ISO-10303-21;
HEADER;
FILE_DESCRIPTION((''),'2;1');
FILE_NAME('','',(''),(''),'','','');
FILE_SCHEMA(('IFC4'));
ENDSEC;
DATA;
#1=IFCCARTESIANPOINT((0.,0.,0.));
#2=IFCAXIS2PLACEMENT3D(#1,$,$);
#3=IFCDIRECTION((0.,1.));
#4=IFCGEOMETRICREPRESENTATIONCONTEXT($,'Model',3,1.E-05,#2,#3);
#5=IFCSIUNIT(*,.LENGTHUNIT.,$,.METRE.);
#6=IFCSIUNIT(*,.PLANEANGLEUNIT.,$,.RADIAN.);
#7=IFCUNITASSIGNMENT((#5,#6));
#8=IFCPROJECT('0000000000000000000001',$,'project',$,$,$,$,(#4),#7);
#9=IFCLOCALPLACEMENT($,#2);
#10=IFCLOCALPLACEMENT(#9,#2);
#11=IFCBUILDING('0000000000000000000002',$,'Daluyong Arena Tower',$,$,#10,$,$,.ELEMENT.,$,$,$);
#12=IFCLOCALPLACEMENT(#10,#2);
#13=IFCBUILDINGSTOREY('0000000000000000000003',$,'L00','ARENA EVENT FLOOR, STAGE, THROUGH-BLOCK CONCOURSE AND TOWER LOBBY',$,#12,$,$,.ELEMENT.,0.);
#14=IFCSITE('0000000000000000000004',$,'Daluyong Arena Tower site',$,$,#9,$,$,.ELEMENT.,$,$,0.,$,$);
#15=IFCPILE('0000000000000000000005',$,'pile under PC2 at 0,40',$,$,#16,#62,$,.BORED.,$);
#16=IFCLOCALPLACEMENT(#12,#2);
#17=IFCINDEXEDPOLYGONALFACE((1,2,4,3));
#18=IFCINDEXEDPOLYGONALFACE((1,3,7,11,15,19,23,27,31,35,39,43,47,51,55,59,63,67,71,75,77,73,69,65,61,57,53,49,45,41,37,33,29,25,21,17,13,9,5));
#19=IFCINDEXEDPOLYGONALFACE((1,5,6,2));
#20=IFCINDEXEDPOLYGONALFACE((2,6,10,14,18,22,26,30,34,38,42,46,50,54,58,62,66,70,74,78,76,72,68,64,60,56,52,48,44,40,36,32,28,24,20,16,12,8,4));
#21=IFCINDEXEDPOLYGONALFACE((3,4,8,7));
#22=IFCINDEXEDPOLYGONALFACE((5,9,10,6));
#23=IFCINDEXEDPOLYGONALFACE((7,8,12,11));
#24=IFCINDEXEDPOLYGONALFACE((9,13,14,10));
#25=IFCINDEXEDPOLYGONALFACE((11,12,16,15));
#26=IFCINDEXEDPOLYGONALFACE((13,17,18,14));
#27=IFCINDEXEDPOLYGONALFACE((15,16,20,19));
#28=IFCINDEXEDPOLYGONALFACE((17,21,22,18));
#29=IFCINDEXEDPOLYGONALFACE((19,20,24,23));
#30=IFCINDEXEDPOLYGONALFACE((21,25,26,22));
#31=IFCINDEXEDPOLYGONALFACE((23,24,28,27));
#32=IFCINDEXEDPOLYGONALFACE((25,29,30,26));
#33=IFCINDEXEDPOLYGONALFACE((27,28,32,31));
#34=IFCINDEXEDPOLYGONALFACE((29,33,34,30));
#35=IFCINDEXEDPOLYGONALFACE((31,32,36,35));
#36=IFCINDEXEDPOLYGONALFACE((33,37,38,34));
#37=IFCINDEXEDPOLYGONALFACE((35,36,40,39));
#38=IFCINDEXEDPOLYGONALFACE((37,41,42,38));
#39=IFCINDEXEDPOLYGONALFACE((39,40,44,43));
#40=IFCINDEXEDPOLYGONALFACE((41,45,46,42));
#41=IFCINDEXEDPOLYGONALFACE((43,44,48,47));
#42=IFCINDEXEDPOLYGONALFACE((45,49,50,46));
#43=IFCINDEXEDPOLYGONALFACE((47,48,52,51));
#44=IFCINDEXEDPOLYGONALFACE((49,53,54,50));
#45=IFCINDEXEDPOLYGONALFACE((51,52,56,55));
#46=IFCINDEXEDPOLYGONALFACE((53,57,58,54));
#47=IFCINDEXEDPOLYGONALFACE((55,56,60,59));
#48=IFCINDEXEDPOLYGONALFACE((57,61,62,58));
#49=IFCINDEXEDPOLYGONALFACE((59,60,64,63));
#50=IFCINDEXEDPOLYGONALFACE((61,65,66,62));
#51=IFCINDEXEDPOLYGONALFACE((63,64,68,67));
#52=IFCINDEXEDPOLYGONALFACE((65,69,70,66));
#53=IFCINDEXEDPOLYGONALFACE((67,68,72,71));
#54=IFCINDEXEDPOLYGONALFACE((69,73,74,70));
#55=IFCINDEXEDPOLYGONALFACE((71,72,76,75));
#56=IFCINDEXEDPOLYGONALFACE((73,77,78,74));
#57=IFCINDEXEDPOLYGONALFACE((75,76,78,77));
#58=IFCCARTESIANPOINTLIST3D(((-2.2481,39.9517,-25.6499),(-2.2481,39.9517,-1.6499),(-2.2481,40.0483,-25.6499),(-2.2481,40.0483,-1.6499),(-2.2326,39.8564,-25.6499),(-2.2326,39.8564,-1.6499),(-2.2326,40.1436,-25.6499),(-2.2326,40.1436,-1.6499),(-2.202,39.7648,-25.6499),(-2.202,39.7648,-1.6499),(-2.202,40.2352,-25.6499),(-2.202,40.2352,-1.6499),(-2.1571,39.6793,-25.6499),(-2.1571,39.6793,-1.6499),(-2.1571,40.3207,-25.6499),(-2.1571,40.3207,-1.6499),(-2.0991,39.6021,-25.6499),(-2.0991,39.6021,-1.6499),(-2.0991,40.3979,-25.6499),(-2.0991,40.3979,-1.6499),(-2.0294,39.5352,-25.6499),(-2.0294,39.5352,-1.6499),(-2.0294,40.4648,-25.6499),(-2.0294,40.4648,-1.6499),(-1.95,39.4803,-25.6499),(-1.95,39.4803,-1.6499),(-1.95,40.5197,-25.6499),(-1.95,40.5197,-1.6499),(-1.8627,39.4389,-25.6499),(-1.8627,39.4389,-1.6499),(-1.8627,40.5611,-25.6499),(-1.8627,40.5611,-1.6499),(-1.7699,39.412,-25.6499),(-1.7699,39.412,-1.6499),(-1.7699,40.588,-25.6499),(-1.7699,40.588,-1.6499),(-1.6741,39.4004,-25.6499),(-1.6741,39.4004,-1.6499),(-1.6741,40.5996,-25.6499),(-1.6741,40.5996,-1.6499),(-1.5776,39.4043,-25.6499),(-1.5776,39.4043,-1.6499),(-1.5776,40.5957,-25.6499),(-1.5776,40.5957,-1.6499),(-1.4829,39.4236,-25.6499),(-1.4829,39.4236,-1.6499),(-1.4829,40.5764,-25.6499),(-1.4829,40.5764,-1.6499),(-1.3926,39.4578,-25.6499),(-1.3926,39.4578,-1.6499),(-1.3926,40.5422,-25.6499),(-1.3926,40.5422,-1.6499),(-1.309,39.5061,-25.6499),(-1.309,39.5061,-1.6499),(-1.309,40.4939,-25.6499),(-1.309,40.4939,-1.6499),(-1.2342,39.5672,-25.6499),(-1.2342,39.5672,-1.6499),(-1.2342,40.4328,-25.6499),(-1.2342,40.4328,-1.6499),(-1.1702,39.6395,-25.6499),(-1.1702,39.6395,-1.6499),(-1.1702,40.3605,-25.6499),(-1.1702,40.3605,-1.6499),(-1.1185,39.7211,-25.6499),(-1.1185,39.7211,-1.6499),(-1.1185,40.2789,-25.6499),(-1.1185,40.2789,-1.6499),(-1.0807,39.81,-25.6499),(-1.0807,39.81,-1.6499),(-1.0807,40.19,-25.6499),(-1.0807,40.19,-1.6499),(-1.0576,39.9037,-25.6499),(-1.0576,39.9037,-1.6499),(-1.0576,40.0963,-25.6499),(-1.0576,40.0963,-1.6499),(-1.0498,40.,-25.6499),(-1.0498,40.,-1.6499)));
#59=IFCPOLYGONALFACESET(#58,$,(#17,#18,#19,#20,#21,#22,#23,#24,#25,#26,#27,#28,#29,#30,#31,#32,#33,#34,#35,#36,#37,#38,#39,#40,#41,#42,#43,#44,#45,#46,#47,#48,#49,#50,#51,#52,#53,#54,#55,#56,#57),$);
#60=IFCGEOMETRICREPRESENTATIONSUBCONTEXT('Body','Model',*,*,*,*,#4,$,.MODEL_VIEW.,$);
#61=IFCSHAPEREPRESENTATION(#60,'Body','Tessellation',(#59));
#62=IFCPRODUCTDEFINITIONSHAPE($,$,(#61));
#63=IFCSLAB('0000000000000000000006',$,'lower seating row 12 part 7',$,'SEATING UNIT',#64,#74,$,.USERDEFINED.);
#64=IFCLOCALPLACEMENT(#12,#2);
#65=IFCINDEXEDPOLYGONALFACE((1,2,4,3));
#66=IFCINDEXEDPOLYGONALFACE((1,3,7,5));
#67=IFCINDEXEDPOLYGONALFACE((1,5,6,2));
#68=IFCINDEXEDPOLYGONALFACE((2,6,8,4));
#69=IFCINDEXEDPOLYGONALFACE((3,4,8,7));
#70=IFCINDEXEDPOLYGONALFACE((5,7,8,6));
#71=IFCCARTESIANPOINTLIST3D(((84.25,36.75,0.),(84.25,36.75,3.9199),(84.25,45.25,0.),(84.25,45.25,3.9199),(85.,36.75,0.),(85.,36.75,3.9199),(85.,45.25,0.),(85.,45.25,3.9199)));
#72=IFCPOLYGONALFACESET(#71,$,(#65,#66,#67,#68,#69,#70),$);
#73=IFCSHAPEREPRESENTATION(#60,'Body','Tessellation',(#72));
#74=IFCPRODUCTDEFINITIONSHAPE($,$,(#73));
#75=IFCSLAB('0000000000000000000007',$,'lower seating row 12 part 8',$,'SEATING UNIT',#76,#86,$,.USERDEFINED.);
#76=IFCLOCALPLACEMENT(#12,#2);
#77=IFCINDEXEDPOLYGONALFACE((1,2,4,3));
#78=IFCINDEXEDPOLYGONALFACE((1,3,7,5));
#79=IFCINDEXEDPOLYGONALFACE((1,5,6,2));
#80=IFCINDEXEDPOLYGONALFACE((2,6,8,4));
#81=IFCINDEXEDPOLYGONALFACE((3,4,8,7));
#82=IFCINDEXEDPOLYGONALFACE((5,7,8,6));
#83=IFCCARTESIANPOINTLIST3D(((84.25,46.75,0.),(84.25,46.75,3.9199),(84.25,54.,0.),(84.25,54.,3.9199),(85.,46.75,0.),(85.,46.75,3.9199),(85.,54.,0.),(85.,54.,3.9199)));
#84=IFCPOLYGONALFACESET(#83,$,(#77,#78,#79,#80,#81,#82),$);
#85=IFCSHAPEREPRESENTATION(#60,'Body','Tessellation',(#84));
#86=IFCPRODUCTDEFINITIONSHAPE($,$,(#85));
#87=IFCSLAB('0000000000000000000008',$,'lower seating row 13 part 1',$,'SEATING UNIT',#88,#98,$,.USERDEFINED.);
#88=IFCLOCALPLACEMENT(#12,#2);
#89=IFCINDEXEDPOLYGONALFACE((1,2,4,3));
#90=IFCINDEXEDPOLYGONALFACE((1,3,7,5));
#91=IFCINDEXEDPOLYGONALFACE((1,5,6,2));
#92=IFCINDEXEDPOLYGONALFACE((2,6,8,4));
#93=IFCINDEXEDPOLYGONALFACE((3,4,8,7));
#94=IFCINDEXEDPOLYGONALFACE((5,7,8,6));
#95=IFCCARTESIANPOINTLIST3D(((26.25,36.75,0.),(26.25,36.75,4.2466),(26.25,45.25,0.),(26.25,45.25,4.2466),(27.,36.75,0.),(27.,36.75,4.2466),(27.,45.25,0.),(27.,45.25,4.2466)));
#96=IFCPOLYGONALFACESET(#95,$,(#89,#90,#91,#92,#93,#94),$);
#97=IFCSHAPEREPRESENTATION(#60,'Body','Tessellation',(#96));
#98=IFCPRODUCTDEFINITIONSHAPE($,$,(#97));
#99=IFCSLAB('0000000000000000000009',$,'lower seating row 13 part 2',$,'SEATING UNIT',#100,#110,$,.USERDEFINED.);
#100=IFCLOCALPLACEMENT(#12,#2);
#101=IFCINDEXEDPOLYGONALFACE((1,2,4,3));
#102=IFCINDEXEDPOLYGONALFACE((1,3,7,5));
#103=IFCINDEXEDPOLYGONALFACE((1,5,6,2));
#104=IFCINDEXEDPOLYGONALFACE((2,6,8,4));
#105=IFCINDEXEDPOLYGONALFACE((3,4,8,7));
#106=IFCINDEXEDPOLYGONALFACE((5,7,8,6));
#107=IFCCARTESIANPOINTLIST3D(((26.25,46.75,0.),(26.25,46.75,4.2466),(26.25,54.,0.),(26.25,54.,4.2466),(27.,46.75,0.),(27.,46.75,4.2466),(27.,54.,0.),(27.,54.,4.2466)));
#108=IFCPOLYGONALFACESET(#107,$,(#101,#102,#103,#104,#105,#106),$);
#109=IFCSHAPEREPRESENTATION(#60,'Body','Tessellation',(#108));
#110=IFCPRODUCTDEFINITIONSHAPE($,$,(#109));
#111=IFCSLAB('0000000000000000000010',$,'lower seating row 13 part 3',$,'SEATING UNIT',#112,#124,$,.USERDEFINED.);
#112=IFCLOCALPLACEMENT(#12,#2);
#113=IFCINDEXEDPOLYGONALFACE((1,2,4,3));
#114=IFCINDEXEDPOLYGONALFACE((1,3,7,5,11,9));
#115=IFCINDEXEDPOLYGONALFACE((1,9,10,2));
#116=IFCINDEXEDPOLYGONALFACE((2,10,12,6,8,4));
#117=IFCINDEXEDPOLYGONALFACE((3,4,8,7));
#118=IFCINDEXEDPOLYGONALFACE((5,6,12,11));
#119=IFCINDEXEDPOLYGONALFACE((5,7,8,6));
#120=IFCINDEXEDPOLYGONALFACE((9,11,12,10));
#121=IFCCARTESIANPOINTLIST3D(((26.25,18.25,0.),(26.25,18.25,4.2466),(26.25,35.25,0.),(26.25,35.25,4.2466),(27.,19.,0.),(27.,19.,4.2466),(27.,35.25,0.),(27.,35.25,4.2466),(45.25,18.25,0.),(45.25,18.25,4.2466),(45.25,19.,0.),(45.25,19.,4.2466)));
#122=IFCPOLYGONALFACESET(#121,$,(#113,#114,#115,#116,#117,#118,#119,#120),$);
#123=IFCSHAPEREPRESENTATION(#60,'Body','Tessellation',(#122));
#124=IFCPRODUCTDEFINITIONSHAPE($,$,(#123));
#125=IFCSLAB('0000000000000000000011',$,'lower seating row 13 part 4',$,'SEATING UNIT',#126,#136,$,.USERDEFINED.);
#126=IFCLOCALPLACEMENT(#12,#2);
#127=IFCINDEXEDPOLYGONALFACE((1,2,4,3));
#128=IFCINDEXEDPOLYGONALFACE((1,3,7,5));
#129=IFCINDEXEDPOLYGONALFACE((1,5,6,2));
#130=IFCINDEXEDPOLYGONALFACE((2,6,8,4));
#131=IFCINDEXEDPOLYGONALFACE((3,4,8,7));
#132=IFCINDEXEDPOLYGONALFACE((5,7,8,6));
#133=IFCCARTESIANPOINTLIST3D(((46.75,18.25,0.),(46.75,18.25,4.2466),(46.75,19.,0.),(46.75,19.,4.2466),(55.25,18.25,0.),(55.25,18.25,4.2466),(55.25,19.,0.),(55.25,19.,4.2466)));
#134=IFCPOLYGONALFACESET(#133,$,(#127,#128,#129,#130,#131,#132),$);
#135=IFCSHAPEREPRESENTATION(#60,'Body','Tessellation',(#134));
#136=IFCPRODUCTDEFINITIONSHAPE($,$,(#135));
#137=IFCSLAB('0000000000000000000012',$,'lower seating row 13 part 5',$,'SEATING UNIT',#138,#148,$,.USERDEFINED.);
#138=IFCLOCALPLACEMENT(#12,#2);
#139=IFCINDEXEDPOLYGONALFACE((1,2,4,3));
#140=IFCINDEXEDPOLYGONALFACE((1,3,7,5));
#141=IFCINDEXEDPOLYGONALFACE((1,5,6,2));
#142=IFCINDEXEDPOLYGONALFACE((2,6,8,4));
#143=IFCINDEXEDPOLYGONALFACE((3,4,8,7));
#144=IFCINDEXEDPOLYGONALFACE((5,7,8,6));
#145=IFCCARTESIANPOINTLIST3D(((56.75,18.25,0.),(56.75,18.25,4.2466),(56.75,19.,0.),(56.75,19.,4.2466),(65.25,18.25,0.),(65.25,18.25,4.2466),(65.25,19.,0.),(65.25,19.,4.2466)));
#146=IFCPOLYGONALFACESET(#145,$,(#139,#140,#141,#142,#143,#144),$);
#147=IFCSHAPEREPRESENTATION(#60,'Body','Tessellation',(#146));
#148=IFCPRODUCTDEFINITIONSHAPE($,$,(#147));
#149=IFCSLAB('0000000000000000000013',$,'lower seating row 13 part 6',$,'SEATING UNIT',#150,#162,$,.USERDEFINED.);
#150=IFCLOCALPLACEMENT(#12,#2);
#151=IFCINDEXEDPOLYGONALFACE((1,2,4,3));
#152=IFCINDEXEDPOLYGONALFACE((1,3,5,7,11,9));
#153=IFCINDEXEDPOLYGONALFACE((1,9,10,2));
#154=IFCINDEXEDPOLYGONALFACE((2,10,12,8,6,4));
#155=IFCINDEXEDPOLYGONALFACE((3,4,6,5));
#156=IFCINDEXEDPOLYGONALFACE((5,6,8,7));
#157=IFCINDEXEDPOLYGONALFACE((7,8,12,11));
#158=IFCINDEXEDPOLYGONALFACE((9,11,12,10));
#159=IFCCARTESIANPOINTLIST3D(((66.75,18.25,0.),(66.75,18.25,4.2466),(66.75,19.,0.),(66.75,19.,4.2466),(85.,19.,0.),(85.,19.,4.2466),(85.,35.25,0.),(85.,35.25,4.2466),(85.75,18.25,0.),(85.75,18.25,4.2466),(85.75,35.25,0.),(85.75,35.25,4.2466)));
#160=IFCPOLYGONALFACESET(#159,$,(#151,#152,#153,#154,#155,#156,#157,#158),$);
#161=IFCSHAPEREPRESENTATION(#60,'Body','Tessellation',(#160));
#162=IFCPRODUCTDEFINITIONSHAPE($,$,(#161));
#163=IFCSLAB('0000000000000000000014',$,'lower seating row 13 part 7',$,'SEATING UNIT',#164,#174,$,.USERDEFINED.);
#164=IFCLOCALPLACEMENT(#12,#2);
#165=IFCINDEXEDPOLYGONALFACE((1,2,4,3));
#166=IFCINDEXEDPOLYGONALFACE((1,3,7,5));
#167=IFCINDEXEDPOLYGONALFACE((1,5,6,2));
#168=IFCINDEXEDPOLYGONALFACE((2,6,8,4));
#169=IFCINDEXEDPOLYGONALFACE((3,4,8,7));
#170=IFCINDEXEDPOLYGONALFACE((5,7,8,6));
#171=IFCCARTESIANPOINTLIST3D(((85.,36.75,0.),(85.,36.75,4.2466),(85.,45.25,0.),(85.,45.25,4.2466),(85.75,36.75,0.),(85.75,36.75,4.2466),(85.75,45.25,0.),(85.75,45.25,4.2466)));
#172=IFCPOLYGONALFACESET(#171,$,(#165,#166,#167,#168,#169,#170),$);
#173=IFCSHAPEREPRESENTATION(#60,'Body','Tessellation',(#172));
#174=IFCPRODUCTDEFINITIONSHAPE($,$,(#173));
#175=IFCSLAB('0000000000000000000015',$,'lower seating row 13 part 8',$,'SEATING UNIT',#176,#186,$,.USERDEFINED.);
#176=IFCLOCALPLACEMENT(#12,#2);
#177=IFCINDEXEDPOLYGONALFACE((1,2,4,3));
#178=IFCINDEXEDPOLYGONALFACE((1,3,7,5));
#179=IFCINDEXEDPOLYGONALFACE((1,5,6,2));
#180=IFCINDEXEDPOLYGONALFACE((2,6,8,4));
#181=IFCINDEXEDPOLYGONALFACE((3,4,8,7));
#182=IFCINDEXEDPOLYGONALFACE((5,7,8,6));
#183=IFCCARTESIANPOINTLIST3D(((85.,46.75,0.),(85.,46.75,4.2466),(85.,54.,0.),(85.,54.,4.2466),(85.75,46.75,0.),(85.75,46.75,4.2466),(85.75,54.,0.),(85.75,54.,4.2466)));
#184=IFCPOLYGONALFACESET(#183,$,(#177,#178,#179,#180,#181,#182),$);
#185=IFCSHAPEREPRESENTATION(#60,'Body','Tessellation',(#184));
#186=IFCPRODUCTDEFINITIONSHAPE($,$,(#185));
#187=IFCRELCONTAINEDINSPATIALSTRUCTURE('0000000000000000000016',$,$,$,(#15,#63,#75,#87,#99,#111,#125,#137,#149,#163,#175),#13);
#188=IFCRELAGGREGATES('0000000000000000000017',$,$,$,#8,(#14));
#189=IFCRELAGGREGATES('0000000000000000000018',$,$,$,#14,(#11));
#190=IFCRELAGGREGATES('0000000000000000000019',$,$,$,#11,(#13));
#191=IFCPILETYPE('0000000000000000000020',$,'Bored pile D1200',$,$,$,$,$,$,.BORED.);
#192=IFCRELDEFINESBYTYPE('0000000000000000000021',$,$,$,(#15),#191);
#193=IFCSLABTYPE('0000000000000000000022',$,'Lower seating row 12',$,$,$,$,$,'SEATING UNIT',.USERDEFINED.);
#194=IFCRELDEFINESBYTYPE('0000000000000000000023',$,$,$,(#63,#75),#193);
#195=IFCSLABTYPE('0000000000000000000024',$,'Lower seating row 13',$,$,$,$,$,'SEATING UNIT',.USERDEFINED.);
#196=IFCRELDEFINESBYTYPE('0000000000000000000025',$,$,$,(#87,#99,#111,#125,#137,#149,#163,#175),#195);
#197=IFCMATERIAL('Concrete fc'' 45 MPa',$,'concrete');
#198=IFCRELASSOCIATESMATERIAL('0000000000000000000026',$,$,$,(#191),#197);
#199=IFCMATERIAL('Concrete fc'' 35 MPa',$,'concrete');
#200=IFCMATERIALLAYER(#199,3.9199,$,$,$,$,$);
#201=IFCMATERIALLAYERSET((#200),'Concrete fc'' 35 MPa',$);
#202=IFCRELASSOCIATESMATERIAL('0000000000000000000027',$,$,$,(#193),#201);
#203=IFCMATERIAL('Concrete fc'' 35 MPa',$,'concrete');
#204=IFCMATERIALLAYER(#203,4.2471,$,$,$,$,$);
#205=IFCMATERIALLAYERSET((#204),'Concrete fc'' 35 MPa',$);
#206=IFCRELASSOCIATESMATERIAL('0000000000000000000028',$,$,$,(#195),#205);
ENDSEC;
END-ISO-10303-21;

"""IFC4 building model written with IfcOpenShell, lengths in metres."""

from ifc_helpers import new_model, si_unit, direction, frame, origin, origin_2d, place, context, subcontext, project, spatial, polyline, circle, outline, extrude, material, layer, layer_set, type_object, element, save


model = new_model("IFC4")

# Units and contexts
model_context = context("Model", 3, precision=1e-05, world=origin(), true_north=direction((0.0, 1.0)))
body_context = subcontext(model_context, "Body", "Model", "MODEL_VIEW")
ifc_project = project(units=[si_unit("LENGTHUNIT", "METRE"), si_unit("PLANEANGLEUNIT", "RADIAN")], contexts=[model_context])

# Site, building, storey
site_placement = place(None, origin())
site = spatial("IfcSite", under=ifc_project, at=site_placement, Name="Daluyong Arena Tower site", CompositionType="ELEMENT", RefElevation=0.0)
building_placement = place(site_placement, origin())
building = spatial("IfcBuilding", under=site, at=building_placement, Name="Daluyong Arena Tower", CompositionType="ELEMENT")
storey_placement = place(building_placement, origin())
storey = spatial("IfcBuildingStorey", under=building, at=storey_placement, Name="L00", Description="ARENA EVENT FLOOR, STAGE, THROUGH-BLOCK CONCOURSE AND TOWER LOBBY", CompositionType="ELEMENT", Elevation=0.0)

# Pile
ifc_material_1 = material(Name="Concrete fc' 45 MPa", Category="concrete")
pile_type = type_object("IfcPileType", Name="Bored pile D1200", PredefinedType="BORED", material=ifc_material_1)
for number, where, z_axis, x_axis, name in (
    (1, (-1.6499, 40.0, -1.6499), (0.0, 0.0, -1.0), (1.0, 0.0, 0.0), "pile under PC2 at 0,40"),
):
    element("IfcPile", number, at=place(storey_placement, frame(where, z_axis=z_axis, x_axis=x_axis)), inside=storey, type_object=pile_type, Name=name, PredefinedType="BORED", context=body_context, shape_type="SweptSolid", body=[
        extrude(circle(Radius=0.6001, at=origin_2d()), origin(), (0.0, 0.0, 1.0), 24.0),
    ])

# Slabs
ifc_material_2 = material(Name="Concrete fc' 35 MPa", Category="concrete")
ifc_layer_1 = layer(ifc_material_2, 3.9199)
ifc_layer_set_1 = layer_set([ifc_layer_1], Name="Concrete fc' 35 MPa")
slab_type_1 = type_object("IfcSlabType", Name="Lower seating row 12", ElementType="SEATING UNIT", PredefinedType="USERDEFINED", material=ifc_layer_set_1)
slab_1_placement = place(storey_placement, origin())
element("IfcSlab", 2, at=slab_1_placement, inside=storey, type_object=slab_type_1, Name="lower seating row 12 part 7", ObjectType="SEATING UNIT", PredefinedType="USERDEFINED", context=body_context, shape_type="SweptSolid", body=[
    extrude(outline(polyline([(85.0, 36.75), (85.0, 45.25), (84.25, 45.25), (84.25, 36.75), (85.0, 36.75)])), origin(), (0.0, 0.0, 1.0), 3.9199),
])
slab_2_placement = place(storey_placement, origin())
element("IfcSlab", 3, at=slab_2_placement, inside=storey, type_object=slab_type_1, Name="lower seating row 12 part 8", ObjectType="SEATING UNIT", PredefinedType="USERDEFINED", context=body_context, shape_type="SweptSolid", body=[
    extrude(outline(polyline([(85.0, 46.75), (85.0, 54.0), (84.25, 54.0), (84.25, 46.75), (85.0, 46.75)])), origin(), (0.0, 0.0, 1.0), 3.9199),
])
ifc_material_3 = material(Name="Concrete fc' 35 MPa", Category="concrete")
ifc_layer_2 = layer(ifc_material_3, 4.2471)
ifc_layer_set_2 = layer_set([ifc_layer_2], Name="Concrete fc' 35 MPa")
slab_type_2 = type_object("IfcSlabType", Name="Lower seating row 13", ElementType="SEATING UNIT", PredefinedType="USERDEFINED", material=ifc_layer_set_2)
slab_3_placement = place(storey_placement, origin())
element("IfcSlab", 4, at=slab_3_placement, inside=storey, type_object=slab_type_2, Name="lower seating row 13 part 1", ObjectType="SEATING UNIT", PredefinedType="USERDEFINED", context=body_context, shape_type="SweptSolid", body=[
    extrude(outline(polyline([(26.25, 45.25), (26.25, 36.75), (27.0, 36.75), (27.0, 45.25), (26.25, 45.25)])), origin(), (0.0, 0.0, 1.0), 4.2466),
])
slab_4_placement = place(storey_placement, origin())
element("IfcSlab", 5, at=slab_4_placement, inside=storey, type_object=slab_type_2, Name="lower seating row 13 part 2", ObjectType="SEATING UNIT", PredefinedType="USERDEFINED", context=body_context, shape_type="SweptSolid", body=[
    extrude(outline(polyline([(26.25, 54.0), (26.25, 46.75), (27.0, 46.75), (27.0, 54.0), (26.25, 54.0)])), origin(), (0.0, 0.0, 1.0), 4.2466),
])
slab_5_placement = place(storey_placement, origin())
element("IfcSlab", 6, at=slab_5_placement, inside=storey, type_object=slab_type_2, Name="lower seating row 13 part 3", ObjectType="SEATING UNIT", PredefinedType="USERDEFINED", context=body_context, shape_type="SweptSolid", body=[
    extrude(outline(polyline([(26.25, 18.25), (45.25, 18.25), (45.25, 19.0), (27.0, 19.0), (27.0, 35.25), (26.25, 35.25), (26.25, 18.25)])), origin(), (0.0, 0.0, 1.0), 4.2466),
])
slab_6_placement = place(storey_placement, origin())
element("IfcSlab", 7, at=slab_6_placement, inside=storey, type_object=slab_type_2, Name="lower seating row 13 part 4", ObjectType="SEATING UNIT", PredefinedType="USERDEFINED", context=body_context, shape_type="SweptSolid", body=[
    extrude(outline(polyline([(46.75, 18.25), (55.25, 18.25), (55.25, 19.0), (46.75, 19.0), (46.75, 18.25)])), origin(), (0.0, 0.0, 1.0), 4.2466),
])
slab_7_placement = place(storey_placement, origin())
element("IfcSlab", 8, at=slab_7_placement, inside=storey, type_object=slab_type_2, Name="lower seating row 13 part 5", ObjectType="SEATING UNIT", PredefinedType="USERDEFINED", context=body_context, shape_type="SweptSolid", body=[
    extrude(outline(polyline([(56.75, 18.25), (65.25, 18.25), (65.25, 19.0), (56.75, 19.0), (56.75, 18.25)])), origin(), (0.0, 0.0, 1.0), 4.2466),
])
slab_8_placement = place(storey_placement, origin())
element("IfcSlab", 9, at=slab_8_placement, inside=storey, type_object=slab_type_2, Name="lower seating row 13 part 6", ObjectType="SEATING UNIT", PredefinedType="USERDEFINED", context=body_context, shape_type="SweptSolid", body=[
    extrude(outline(polyline([(85.75, 18.25), (85.75, 35.25), (85.0, 35.25), (85.0, 19.0), (66.75, 19.0), (66.75, 18.25), (85.75, 18.25)])), origin(), (0.0, 0.0, 1.0), 4.2466),
])
slab_9_placement = place(storey_placement, origin())
element("IfcSlab", 10, at=slab_9_placement, inside=storey, type_object=slab_type_2, Name="lower seating row 13 part 7", ObjectType="SEATING UNIT", PredefinedType="USERDEFINED", context=body_context, shape_type="SweptSolid", body=[
    extrude(outline(polyline([(85.75, 36.75), (85.75, 45.25), (85.0, 45.25), (85.0, 36.75), (85.75, 36.75)])), origin(), (0.0, 0.0, 1.0), 4.2466),
])
slab_10_placement = place(storey_placement, origin())
element("IfcSlab", 11, at=slab_10_placement, inside=storey, type_object=slab_type_2, Name="lower seating row 13 part 8", ObjectType="SEATING UNIT", PredefinedType="USERDEFINED", context=body_context, shape_type="SweptSolid", body=[
    extrude(outline(polyline([(85.75, 46.75), (85.75, 54.0), (85.0, 54.0), (85.0, 46.75), (85.75, 46.75)])), origin(), (0.0, 0.0, 1.0), 4.2466),
])

save(model, "model.ifc")
